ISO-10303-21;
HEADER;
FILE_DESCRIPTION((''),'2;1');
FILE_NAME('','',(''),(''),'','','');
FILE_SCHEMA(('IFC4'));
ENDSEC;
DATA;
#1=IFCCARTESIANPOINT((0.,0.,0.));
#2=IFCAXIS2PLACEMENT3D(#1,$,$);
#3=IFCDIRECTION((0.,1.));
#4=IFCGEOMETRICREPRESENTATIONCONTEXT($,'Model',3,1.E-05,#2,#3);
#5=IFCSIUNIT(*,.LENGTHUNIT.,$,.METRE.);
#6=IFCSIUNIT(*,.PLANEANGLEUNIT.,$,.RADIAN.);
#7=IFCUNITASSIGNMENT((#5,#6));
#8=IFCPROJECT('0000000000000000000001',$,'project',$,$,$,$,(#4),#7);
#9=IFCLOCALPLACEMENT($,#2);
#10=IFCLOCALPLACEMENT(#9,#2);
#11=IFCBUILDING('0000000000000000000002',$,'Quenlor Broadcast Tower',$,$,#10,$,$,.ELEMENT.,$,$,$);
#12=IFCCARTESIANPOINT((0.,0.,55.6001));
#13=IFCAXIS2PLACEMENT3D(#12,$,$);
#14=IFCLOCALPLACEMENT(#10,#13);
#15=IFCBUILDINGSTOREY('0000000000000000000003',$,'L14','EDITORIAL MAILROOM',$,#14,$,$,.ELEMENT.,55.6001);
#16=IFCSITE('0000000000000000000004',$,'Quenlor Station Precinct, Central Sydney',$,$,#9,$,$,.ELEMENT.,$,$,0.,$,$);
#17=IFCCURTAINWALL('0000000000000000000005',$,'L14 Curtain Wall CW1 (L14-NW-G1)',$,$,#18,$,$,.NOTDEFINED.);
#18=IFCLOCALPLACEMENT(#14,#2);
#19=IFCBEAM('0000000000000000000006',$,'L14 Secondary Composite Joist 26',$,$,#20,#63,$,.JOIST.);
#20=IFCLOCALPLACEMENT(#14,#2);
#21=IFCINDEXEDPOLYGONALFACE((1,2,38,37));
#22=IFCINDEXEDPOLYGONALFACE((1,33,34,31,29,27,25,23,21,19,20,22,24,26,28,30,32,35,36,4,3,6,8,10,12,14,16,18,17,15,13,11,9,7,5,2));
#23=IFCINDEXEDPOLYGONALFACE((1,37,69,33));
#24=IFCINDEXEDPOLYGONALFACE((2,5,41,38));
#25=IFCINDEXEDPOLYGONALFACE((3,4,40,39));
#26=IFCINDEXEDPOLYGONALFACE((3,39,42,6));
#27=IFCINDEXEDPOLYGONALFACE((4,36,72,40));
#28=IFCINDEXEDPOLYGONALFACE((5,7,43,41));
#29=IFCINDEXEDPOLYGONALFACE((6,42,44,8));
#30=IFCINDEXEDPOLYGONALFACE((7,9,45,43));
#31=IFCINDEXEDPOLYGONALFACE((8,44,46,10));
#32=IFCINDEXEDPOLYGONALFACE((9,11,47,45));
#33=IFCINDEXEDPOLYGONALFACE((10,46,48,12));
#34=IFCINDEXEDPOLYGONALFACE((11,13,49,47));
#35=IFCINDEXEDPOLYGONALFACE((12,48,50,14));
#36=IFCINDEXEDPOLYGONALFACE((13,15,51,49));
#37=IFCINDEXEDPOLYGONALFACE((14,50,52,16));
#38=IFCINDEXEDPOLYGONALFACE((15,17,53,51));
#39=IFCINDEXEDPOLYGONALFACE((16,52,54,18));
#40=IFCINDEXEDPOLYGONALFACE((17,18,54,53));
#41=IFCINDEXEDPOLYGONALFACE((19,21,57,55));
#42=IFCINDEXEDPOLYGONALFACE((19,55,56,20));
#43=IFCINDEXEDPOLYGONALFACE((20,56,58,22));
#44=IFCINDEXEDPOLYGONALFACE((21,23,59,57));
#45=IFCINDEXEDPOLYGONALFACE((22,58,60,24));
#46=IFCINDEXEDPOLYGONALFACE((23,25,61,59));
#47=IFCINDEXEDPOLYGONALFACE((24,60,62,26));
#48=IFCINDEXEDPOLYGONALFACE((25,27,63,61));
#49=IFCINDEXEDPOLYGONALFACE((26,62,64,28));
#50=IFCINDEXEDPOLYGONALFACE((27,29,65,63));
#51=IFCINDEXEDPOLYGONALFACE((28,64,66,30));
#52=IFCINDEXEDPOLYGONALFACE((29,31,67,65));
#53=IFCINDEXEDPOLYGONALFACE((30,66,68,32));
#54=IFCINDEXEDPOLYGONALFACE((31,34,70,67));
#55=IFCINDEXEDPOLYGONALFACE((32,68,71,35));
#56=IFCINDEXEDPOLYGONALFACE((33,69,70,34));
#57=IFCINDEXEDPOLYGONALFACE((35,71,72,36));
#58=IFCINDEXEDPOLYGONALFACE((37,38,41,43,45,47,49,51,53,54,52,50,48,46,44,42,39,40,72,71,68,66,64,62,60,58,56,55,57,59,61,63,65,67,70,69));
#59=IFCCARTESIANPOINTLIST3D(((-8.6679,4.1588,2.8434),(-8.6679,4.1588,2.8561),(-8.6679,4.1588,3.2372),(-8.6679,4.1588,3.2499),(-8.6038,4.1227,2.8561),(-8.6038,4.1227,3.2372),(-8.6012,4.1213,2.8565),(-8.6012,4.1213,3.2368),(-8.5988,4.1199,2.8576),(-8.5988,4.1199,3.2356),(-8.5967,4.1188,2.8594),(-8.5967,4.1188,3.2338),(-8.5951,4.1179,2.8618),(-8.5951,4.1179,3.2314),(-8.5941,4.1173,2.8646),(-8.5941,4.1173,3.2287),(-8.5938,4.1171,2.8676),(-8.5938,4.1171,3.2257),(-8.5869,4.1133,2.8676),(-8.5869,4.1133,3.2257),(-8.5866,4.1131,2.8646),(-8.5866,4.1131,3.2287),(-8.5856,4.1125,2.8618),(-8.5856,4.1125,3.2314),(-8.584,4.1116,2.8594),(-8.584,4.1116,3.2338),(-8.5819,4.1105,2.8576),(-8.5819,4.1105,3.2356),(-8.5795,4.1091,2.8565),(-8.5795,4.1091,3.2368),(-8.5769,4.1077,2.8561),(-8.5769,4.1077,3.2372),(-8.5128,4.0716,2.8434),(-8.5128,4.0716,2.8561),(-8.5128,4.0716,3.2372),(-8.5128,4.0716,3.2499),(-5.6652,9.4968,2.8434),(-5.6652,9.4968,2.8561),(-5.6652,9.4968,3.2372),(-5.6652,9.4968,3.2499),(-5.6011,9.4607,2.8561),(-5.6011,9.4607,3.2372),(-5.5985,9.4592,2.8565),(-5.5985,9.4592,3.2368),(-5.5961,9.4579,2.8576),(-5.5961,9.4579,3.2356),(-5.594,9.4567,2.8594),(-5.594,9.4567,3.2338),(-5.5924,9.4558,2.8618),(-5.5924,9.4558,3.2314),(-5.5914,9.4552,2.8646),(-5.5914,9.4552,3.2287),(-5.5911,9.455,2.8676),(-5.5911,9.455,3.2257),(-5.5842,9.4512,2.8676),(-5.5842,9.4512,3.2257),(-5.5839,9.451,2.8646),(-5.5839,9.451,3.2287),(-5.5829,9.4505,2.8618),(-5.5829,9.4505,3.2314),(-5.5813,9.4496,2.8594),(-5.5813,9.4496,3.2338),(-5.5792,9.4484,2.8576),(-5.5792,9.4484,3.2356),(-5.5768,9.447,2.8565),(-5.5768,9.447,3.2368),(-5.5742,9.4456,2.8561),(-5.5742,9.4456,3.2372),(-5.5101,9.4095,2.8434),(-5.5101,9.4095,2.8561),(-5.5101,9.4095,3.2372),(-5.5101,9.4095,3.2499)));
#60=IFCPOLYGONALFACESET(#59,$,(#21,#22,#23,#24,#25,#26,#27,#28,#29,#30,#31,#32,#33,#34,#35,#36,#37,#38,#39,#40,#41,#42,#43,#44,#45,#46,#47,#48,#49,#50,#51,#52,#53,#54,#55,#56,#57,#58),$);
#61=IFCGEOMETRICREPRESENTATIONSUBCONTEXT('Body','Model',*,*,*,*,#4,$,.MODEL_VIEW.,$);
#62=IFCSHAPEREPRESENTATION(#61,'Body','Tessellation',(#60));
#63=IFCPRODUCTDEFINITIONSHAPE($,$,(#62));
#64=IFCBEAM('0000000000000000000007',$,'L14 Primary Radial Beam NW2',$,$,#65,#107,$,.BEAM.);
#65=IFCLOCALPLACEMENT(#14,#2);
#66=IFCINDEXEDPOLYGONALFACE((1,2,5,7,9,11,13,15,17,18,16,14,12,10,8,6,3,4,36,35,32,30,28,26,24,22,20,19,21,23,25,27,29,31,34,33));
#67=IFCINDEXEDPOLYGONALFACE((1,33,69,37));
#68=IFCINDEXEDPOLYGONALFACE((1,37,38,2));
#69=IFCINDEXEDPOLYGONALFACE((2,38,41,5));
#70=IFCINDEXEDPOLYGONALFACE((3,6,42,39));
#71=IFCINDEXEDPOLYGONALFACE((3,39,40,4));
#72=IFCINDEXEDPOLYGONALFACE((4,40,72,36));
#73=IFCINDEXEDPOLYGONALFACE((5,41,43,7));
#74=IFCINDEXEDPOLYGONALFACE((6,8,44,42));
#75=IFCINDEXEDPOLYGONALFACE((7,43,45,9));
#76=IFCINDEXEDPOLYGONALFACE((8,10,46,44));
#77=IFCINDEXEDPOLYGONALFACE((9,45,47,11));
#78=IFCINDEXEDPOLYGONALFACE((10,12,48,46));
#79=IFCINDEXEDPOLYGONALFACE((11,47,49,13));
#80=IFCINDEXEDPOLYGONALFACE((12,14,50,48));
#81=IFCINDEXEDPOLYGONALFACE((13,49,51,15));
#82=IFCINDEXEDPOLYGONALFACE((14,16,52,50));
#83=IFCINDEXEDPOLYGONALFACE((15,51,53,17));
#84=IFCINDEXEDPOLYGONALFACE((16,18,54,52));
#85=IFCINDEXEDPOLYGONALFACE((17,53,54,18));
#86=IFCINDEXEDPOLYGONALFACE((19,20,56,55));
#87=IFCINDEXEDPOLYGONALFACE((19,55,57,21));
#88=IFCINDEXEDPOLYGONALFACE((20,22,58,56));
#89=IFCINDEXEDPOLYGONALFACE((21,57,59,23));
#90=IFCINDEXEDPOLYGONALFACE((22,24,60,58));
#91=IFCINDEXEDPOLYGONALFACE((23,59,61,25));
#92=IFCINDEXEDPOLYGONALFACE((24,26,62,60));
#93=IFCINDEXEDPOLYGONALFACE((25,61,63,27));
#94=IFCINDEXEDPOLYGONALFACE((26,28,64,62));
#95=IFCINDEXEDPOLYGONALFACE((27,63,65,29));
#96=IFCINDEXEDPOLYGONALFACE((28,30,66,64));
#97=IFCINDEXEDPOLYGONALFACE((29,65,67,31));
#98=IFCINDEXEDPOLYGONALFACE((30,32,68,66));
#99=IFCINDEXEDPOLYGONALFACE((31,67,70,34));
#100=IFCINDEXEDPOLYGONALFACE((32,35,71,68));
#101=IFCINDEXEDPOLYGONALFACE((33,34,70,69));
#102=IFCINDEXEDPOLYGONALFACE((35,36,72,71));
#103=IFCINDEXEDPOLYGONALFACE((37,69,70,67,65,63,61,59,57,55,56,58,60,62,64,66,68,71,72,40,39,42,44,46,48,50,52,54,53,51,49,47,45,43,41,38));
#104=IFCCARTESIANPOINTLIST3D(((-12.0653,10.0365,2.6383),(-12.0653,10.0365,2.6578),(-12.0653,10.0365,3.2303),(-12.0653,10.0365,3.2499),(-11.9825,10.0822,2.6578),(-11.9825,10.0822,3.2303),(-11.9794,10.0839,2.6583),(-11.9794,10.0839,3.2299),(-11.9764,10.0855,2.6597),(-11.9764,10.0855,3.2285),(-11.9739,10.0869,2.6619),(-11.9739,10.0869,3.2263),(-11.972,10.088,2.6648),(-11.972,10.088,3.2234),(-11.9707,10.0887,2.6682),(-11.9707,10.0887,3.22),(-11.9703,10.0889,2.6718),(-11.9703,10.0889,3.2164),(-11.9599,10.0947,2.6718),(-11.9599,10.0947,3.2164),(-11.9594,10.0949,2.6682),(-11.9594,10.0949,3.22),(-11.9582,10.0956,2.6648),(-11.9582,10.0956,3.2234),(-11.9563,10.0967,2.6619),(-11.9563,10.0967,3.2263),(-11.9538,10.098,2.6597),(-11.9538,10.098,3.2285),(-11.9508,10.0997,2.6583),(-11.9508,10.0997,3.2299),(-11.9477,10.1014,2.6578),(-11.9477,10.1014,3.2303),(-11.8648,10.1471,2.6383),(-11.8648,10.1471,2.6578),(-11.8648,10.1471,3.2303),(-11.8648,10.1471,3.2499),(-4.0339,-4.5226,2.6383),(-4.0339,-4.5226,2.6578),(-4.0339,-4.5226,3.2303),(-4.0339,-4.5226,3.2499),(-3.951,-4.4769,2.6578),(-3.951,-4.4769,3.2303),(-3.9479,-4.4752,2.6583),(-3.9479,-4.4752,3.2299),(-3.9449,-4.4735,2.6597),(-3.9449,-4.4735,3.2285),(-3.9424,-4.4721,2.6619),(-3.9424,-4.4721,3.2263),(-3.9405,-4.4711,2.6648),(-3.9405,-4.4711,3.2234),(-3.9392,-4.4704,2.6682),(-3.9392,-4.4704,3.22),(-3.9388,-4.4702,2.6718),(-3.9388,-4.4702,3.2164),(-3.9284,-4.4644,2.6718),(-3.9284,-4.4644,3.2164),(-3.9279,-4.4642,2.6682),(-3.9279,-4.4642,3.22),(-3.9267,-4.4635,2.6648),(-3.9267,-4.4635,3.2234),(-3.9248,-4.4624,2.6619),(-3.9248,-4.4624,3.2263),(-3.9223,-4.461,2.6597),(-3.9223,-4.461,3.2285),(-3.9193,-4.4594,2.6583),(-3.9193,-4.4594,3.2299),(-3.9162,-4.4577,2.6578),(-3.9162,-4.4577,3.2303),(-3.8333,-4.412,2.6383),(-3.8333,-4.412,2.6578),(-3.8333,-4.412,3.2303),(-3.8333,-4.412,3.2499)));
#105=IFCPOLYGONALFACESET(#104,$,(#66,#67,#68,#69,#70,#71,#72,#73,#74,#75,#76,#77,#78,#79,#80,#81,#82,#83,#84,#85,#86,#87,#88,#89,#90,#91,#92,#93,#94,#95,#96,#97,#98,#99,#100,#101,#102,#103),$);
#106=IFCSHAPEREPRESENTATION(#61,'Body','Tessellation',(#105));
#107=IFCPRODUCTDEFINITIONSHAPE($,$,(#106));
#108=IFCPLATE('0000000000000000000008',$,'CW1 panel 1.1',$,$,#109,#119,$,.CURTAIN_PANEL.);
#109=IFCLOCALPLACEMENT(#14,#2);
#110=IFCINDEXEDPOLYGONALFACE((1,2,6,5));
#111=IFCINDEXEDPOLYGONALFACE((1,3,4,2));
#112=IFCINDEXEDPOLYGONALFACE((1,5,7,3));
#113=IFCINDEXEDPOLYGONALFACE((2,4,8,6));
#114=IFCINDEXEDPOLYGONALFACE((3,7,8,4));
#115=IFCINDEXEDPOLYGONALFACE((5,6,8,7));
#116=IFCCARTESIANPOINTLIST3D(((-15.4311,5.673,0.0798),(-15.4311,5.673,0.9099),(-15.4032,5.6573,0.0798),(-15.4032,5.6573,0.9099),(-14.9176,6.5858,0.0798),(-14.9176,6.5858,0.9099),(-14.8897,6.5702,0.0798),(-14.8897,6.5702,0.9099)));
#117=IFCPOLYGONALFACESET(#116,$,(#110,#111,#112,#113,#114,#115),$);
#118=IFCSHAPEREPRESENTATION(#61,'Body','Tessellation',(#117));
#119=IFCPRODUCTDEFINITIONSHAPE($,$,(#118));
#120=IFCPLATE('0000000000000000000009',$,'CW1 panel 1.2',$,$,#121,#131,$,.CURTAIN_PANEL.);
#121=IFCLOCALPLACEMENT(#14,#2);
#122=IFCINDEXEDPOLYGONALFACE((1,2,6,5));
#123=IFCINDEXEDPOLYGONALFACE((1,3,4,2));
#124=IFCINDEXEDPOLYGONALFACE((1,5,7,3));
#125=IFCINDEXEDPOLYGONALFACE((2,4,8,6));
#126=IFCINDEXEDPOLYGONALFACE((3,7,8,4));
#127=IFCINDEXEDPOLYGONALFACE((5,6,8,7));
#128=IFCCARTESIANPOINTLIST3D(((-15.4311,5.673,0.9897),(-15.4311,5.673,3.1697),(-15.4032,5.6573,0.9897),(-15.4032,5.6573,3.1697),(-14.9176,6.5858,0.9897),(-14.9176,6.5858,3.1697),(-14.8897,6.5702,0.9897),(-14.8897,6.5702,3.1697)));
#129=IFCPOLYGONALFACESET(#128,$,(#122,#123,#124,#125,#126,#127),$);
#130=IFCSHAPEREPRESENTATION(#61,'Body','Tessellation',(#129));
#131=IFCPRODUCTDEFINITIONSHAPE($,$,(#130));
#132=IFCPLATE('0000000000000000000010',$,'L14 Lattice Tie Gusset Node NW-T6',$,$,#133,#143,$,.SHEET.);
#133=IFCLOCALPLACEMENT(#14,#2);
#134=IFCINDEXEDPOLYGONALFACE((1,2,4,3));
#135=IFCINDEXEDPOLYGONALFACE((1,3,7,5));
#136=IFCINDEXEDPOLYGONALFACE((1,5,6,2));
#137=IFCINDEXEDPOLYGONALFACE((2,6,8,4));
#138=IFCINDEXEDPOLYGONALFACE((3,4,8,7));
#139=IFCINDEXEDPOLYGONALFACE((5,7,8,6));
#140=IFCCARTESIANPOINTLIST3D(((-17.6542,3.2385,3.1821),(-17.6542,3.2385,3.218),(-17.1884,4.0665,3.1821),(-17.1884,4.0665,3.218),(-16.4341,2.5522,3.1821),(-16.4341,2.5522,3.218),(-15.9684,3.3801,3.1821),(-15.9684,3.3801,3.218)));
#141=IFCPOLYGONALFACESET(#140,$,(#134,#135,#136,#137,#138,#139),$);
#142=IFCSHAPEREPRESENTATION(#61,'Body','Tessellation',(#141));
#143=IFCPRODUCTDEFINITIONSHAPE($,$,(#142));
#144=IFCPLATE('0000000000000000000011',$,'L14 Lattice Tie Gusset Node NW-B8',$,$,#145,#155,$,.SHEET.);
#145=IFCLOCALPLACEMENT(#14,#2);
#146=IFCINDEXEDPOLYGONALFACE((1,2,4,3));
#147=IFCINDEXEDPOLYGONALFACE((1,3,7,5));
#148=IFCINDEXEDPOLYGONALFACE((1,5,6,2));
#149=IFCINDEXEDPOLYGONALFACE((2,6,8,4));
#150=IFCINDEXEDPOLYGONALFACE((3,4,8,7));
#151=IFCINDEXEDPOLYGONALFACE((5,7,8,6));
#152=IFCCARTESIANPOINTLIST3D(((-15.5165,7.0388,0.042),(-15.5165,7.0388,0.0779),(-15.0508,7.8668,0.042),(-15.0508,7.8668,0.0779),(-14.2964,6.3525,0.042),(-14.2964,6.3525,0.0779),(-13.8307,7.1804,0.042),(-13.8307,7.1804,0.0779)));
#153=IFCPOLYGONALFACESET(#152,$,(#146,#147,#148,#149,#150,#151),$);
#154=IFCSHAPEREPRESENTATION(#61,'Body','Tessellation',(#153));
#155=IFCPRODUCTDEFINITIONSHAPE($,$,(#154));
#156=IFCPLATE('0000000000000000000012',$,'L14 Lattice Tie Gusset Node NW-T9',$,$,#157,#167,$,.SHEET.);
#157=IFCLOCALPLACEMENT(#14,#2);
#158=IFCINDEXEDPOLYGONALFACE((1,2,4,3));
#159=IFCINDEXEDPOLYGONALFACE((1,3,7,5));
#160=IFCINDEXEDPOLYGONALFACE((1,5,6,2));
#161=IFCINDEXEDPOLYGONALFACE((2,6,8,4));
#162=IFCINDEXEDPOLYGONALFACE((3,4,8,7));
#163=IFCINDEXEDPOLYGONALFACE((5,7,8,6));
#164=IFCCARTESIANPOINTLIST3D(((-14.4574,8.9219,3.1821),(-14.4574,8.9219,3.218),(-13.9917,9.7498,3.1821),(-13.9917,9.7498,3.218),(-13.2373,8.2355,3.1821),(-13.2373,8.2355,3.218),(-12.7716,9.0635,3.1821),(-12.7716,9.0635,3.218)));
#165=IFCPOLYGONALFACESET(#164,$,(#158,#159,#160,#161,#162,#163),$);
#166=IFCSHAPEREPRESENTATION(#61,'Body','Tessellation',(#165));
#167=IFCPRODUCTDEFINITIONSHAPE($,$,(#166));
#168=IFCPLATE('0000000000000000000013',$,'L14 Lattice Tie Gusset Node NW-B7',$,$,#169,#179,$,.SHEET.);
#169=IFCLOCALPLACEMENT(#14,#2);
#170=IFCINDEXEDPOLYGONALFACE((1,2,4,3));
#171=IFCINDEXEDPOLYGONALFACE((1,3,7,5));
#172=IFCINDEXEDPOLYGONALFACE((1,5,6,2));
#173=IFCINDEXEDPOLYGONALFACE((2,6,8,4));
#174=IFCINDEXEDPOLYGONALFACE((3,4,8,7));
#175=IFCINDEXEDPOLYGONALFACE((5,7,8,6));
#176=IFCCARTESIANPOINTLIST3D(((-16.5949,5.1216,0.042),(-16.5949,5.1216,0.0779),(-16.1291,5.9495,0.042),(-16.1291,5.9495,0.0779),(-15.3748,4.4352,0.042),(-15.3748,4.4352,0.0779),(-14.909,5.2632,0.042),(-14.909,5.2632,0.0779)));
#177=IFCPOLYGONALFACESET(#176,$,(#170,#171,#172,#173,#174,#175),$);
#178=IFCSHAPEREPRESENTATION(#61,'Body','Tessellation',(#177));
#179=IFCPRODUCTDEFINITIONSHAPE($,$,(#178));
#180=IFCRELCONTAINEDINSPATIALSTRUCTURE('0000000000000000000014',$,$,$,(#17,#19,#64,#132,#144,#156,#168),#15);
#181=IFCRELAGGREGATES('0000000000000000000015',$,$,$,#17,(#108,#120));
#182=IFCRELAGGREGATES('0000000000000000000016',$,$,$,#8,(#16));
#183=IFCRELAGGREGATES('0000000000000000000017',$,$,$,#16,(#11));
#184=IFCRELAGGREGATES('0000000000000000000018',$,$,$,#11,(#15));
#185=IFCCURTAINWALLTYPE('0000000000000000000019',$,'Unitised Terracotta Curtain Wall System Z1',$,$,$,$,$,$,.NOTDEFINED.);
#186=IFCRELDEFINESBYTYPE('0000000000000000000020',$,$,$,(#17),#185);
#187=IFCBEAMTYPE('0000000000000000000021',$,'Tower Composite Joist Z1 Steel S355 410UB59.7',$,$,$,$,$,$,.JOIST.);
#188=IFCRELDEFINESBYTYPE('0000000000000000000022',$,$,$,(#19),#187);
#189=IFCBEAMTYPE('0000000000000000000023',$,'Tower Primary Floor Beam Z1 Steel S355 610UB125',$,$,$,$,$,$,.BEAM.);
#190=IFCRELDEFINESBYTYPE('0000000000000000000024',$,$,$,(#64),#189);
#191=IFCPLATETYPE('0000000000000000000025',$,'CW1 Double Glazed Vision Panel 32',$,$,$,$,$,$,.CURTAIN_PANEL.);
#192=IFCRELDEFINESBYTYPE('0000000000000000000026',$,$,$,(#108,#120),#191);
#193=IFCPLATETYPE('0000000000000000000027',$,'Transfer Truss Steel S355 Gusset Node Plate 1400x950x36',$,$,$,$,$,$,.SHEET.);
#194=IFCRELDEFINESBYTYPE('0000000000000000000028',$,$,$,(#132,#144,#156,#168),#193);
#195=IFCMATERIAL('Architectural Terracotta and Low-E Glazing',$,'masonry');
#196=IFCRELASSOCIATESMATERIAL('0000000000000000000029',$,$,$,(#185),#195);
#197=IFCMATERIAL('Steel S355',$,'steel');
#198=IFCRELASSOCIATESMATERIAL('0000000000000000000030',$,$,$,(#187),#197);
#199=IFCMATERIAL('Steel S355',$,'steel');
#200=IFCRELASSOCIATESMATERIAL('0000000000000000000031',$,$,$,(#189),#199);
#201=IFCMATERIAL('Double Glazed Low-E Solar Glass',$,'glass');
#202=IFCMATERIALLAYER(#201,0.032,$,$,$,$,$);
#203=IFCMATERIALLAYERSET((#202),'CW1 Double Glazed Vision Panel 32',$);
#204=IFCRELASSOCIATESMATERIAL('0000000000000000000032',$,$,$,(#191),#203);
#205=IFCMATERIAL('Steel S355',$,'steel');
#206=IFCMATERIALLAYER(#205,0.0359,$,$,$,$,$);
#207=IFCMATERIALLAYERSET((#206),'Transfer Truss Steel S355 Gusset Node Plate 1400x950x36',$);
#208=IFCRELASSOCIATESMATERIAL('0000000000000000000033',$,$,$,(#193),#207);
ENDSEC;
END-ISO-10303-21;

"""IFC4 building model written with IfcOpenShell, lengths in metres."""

from ifc_helpers import new_model, si_unit, direction, frame, origin, origin_2d, place, context, subcontext, project, spatial, rectangle, i_section, extrude, material, layer, layer_set, material_profile, profile_set, type_object, element, aggregate, save


model = new_model("IFC4")

# Units and contexts
model_context = context("Model", 3, precision=1e-05, world=origin(), true_north=direction((0.0, 1.0)))
body_context = subcontext(model_context, "Body", "Model", "MODEL_VIEW")
ifc_project = project(units=[si_unit("LENGTHUNIT", "METRE"), si_unit("PLANEANGLEUNIT", "RADIAN")], contexts=[model_context])

# Site, building, storey
site_placement = place(None, origin())
site = spatial("IfcSite", under=ifc_project, at=site_placement, Name="Quenlor Station Precinct, Central Sydney", CompositionType="ELEMENT", RefElevation=0.0)
building_placement = place(site_placement, origin())
building = spatial("IfcBuilding", under=site, at=building_placement, Name="Quenlor Broadcast Tower", CompositionType="ELEMENT")
storey_placement = place(building_placement, frame((0.0, 0.0, 55.6001)))
storey = spatial("IfcBuildingStorey", under=building, at=storey_placement, Name="L14", Description="EDITORIAL MAILROOM", CompositionType="ELEMENT", Elevation=55.6001)

# Curtain wall
ifc_material_1 = material(Name="Architectural Terracotta and Low-E Glazing", Category="masonry")
curtain_wall_type = type_object("IfcCurtainWallType", Name="Unitised Terracotta Curtain Wall System Z1", PredefinedType="NOTDEFINED", material=ifc_material_1)
curtain_wall_placement = place(storey_placement, origin())
curtain_wall = element("IfcCurtainWall", 1, at=curtain_wall_placement, inside=storey, type_object=curtain_wall_type, Name="L14 Curtain Wall CW1 (L14-NW-G1)", PredefinedType="NOTDEFINED")

# Beams
ifc_material_2 = material(Name="Steel S355", Category="steel")
ifc_material_profile_1 = material_profile(ifc_material_2, i_section(OverallWidth=0.178, OverallDepth=0.4065, WebThickness=0.0078, FlangeThickness=0.0127, FilletRadius=0.0115, at=origin_2d()))
ifc_profile_set_1 = profile_set([ifc_material_profile_1], Name="Steel S355 410UB59.7")
beam_type_1 = type_object("IfcBeamType", Name="Tower Composite Joist Z1 Steel S355 410UB59.7", PredefinedType="JOIST", material=ifc_profile_set_1)
beam_1_placement = place(storey_placement, frame((-5.5876, 9.4531, 3.0466), z_axis=(-0.490276, -0.871567, 0.0), x_axis=(0.871567, -0.490276, 0.0)))
element("IfcBeam", 2, at=beam_1_placement, inside=storey, type_object=beam_type_1, Name="L14 Secondary Composite Joist 26", PredefinedType="JOIST", context=body_context, shape_type="SweptSolid", body=[
    extrude(i_section(OverallWidth=0.178, OverallDepth=0.4065, WebThickness=0.0078, FlangeThickness=0.0127, FilletRadius=0.0115, at=origin_2d()), origin(), (0.0, 0.0, 1.0), 6.1245),
])
ifc_material_3 = material(Name="Steel S355", Category="steel")
ifc_material_profile_2 = material_profile(ifc_material_3, i_section(OverallWidth=0.229, OverallDepth=0.6116, WebThickness=0.012, FlangeThickness=0.0195, FilletRadius=0.0139, at=origin_2d()))
ifc_profile_set_2 = profile_set([ifc_material_profile_2], Name="Steel S355 610UB125")
beam_type_2 = type_object("IfcBeamType", Name="Tower Primary Floor Beam Z1 Steel S355 610UB125", PredefinedType="BEAM", material=ifc_profile_set_2)
beam_2_placement = place(storey_placement, frame((-11.9651, 10.0918, 2.9441), z_axis=(0.483026, -0.875606, 0.0), x_axis=(0.875606, 0.483026, 0.0)))
element("IfcBeam", 3, at=beam_2_placement, inside=storey, type_object=beam_type_2, Name="L14 Primary Radial Beam NW2", PredefinedType="BEAM", context=body_context, shape_type="SweptSolid", body=[
    extrude(i_section(OverallWidth=0.229, OverallDepth=0.6116, WebThickness=0.012, FlangeThickness=0.0195, FilletRadius=0.0139, at=origin_2d()), origin(), (0.0, 0.0, 1.0), 16.6274),
])

# Plates
ifc_material_4 = material(Name="Double Glazed Low-E Solar Glass", Category="glass")
ifc_layer_1 = layer(ifc_material_4, 0.032)
ifc_layer_set_1 = layer_set([ifc_layer_1], Name="CW1 Double Glazed Vision Panel 32")
plate_type_1 = type_object("IfcPlateType", Name="CW1 Double Glazed Vision Panel 32", PredefinedType="CURTAIN_PANEL", material=ifc_layer_set_1)
plate_1_placement = place(storey_placement, frame((-15.1604, 6.1216, 0.0798), z_axis=(0.0, 0.0, 1.0), x_axis=(0.490277, 0.871567, 0.0)))
plate_1 = element("IfcPlate", 4, at=plate_1_placement, type_object=plate_type_1, Name="CW1 panel 1.1", PredefinedType="CURTAIN_PANEL", context=body_context, shape_type="SweptSolid", body=[
    extrude(rectangle(XDim=1.0474, YDim=0.032, at=origin_2d()), origin(), (0.0, 0.0, 1.0), 0.8301),
])
plate_2_placement = place(storey_placement, frame((-15.1604, 6.1216, 0.9897), z_axis=(0.0, 0.0, 1.0), x_axis=(0.490277, 0.871567, 0.0)))
plate_2 = element("IfcPlate", 5, at=plate_2_placement, type_object=plate_type_1, Name="CW1 panel 1.2", PredefinedType="CURTAIN_PANEL", context=body_context, shape_type="SweptSolid", body=[
    extrude(rectangle(XDim=1.0474, YDim=0.032, at=origin_2d()), origin(), (0.0, 0.0, 1.0), 2.1799),
])
aggregate(curtain_wall, [plate_1, plate_2])

# Plates
ifc_material_5 = material(Name="Steel S355", Category="steel")
ifc_layer_2 = layer(ifc_material_5, 0.0359)
ifc_layer_set_2 = layer_set([ifc_layer_2], Name="Transfer Truss Steel S355 Gusset Node Plate 1400x950x36")
plate_type_2 = type_object("IfcPlateType", Name="Transfer Truss Steel S355 Gusset Node Plate 1400x950x36", PredefinedType="SHEET", material=ifc_layer_set_2)
for number, where, z_axis, x_axis, name in (
    (6, (-16.8113, 3.3093, 3.1821), (0.0, 0.0, 1.0), (-0.871556, 0.490295, 0.0), "L14 Lattice Tie Gusset Node NW-T6"),
    (7, (-14.6736, 7.1096, 0.042), (0.0, 0.0, 1.0), (-0.871556, 0.490295, 0.0), "L14 Lattice Tie Gusset Node NW-B8"),
    (8, (-13.6145, 8.9927, 3.1821), (0.0, 0.0, 1.0), (-0.871556, 0.490295, 0.0), "L14 Lattice Tie Gusset Node NW-T9"),
    (9, (-15.752, 5.1924, 0.042), (0.0, 0.0, 1.0), (-0.871556, 0.490295, 0.0), "L14 Lattice Tie Gusset Node NW-B7"),
):
    element("IfcPlate", number, at=place(storey_placement, frame(where, z_axis=z_axis, x_axis=x_axis)), inside=storey, type_object=plate_type_2, Name=name, PredefinedType="SHEET", context=body_context, shape_type="SweptSolid", body=[
        extrude(rectangle(XDim=1.3999, YDim=0.95, at=origin_2d()), origin(), (0.0, 0.0, 1.0), 0.0359),
    ])

save(model, "model.ifc")
